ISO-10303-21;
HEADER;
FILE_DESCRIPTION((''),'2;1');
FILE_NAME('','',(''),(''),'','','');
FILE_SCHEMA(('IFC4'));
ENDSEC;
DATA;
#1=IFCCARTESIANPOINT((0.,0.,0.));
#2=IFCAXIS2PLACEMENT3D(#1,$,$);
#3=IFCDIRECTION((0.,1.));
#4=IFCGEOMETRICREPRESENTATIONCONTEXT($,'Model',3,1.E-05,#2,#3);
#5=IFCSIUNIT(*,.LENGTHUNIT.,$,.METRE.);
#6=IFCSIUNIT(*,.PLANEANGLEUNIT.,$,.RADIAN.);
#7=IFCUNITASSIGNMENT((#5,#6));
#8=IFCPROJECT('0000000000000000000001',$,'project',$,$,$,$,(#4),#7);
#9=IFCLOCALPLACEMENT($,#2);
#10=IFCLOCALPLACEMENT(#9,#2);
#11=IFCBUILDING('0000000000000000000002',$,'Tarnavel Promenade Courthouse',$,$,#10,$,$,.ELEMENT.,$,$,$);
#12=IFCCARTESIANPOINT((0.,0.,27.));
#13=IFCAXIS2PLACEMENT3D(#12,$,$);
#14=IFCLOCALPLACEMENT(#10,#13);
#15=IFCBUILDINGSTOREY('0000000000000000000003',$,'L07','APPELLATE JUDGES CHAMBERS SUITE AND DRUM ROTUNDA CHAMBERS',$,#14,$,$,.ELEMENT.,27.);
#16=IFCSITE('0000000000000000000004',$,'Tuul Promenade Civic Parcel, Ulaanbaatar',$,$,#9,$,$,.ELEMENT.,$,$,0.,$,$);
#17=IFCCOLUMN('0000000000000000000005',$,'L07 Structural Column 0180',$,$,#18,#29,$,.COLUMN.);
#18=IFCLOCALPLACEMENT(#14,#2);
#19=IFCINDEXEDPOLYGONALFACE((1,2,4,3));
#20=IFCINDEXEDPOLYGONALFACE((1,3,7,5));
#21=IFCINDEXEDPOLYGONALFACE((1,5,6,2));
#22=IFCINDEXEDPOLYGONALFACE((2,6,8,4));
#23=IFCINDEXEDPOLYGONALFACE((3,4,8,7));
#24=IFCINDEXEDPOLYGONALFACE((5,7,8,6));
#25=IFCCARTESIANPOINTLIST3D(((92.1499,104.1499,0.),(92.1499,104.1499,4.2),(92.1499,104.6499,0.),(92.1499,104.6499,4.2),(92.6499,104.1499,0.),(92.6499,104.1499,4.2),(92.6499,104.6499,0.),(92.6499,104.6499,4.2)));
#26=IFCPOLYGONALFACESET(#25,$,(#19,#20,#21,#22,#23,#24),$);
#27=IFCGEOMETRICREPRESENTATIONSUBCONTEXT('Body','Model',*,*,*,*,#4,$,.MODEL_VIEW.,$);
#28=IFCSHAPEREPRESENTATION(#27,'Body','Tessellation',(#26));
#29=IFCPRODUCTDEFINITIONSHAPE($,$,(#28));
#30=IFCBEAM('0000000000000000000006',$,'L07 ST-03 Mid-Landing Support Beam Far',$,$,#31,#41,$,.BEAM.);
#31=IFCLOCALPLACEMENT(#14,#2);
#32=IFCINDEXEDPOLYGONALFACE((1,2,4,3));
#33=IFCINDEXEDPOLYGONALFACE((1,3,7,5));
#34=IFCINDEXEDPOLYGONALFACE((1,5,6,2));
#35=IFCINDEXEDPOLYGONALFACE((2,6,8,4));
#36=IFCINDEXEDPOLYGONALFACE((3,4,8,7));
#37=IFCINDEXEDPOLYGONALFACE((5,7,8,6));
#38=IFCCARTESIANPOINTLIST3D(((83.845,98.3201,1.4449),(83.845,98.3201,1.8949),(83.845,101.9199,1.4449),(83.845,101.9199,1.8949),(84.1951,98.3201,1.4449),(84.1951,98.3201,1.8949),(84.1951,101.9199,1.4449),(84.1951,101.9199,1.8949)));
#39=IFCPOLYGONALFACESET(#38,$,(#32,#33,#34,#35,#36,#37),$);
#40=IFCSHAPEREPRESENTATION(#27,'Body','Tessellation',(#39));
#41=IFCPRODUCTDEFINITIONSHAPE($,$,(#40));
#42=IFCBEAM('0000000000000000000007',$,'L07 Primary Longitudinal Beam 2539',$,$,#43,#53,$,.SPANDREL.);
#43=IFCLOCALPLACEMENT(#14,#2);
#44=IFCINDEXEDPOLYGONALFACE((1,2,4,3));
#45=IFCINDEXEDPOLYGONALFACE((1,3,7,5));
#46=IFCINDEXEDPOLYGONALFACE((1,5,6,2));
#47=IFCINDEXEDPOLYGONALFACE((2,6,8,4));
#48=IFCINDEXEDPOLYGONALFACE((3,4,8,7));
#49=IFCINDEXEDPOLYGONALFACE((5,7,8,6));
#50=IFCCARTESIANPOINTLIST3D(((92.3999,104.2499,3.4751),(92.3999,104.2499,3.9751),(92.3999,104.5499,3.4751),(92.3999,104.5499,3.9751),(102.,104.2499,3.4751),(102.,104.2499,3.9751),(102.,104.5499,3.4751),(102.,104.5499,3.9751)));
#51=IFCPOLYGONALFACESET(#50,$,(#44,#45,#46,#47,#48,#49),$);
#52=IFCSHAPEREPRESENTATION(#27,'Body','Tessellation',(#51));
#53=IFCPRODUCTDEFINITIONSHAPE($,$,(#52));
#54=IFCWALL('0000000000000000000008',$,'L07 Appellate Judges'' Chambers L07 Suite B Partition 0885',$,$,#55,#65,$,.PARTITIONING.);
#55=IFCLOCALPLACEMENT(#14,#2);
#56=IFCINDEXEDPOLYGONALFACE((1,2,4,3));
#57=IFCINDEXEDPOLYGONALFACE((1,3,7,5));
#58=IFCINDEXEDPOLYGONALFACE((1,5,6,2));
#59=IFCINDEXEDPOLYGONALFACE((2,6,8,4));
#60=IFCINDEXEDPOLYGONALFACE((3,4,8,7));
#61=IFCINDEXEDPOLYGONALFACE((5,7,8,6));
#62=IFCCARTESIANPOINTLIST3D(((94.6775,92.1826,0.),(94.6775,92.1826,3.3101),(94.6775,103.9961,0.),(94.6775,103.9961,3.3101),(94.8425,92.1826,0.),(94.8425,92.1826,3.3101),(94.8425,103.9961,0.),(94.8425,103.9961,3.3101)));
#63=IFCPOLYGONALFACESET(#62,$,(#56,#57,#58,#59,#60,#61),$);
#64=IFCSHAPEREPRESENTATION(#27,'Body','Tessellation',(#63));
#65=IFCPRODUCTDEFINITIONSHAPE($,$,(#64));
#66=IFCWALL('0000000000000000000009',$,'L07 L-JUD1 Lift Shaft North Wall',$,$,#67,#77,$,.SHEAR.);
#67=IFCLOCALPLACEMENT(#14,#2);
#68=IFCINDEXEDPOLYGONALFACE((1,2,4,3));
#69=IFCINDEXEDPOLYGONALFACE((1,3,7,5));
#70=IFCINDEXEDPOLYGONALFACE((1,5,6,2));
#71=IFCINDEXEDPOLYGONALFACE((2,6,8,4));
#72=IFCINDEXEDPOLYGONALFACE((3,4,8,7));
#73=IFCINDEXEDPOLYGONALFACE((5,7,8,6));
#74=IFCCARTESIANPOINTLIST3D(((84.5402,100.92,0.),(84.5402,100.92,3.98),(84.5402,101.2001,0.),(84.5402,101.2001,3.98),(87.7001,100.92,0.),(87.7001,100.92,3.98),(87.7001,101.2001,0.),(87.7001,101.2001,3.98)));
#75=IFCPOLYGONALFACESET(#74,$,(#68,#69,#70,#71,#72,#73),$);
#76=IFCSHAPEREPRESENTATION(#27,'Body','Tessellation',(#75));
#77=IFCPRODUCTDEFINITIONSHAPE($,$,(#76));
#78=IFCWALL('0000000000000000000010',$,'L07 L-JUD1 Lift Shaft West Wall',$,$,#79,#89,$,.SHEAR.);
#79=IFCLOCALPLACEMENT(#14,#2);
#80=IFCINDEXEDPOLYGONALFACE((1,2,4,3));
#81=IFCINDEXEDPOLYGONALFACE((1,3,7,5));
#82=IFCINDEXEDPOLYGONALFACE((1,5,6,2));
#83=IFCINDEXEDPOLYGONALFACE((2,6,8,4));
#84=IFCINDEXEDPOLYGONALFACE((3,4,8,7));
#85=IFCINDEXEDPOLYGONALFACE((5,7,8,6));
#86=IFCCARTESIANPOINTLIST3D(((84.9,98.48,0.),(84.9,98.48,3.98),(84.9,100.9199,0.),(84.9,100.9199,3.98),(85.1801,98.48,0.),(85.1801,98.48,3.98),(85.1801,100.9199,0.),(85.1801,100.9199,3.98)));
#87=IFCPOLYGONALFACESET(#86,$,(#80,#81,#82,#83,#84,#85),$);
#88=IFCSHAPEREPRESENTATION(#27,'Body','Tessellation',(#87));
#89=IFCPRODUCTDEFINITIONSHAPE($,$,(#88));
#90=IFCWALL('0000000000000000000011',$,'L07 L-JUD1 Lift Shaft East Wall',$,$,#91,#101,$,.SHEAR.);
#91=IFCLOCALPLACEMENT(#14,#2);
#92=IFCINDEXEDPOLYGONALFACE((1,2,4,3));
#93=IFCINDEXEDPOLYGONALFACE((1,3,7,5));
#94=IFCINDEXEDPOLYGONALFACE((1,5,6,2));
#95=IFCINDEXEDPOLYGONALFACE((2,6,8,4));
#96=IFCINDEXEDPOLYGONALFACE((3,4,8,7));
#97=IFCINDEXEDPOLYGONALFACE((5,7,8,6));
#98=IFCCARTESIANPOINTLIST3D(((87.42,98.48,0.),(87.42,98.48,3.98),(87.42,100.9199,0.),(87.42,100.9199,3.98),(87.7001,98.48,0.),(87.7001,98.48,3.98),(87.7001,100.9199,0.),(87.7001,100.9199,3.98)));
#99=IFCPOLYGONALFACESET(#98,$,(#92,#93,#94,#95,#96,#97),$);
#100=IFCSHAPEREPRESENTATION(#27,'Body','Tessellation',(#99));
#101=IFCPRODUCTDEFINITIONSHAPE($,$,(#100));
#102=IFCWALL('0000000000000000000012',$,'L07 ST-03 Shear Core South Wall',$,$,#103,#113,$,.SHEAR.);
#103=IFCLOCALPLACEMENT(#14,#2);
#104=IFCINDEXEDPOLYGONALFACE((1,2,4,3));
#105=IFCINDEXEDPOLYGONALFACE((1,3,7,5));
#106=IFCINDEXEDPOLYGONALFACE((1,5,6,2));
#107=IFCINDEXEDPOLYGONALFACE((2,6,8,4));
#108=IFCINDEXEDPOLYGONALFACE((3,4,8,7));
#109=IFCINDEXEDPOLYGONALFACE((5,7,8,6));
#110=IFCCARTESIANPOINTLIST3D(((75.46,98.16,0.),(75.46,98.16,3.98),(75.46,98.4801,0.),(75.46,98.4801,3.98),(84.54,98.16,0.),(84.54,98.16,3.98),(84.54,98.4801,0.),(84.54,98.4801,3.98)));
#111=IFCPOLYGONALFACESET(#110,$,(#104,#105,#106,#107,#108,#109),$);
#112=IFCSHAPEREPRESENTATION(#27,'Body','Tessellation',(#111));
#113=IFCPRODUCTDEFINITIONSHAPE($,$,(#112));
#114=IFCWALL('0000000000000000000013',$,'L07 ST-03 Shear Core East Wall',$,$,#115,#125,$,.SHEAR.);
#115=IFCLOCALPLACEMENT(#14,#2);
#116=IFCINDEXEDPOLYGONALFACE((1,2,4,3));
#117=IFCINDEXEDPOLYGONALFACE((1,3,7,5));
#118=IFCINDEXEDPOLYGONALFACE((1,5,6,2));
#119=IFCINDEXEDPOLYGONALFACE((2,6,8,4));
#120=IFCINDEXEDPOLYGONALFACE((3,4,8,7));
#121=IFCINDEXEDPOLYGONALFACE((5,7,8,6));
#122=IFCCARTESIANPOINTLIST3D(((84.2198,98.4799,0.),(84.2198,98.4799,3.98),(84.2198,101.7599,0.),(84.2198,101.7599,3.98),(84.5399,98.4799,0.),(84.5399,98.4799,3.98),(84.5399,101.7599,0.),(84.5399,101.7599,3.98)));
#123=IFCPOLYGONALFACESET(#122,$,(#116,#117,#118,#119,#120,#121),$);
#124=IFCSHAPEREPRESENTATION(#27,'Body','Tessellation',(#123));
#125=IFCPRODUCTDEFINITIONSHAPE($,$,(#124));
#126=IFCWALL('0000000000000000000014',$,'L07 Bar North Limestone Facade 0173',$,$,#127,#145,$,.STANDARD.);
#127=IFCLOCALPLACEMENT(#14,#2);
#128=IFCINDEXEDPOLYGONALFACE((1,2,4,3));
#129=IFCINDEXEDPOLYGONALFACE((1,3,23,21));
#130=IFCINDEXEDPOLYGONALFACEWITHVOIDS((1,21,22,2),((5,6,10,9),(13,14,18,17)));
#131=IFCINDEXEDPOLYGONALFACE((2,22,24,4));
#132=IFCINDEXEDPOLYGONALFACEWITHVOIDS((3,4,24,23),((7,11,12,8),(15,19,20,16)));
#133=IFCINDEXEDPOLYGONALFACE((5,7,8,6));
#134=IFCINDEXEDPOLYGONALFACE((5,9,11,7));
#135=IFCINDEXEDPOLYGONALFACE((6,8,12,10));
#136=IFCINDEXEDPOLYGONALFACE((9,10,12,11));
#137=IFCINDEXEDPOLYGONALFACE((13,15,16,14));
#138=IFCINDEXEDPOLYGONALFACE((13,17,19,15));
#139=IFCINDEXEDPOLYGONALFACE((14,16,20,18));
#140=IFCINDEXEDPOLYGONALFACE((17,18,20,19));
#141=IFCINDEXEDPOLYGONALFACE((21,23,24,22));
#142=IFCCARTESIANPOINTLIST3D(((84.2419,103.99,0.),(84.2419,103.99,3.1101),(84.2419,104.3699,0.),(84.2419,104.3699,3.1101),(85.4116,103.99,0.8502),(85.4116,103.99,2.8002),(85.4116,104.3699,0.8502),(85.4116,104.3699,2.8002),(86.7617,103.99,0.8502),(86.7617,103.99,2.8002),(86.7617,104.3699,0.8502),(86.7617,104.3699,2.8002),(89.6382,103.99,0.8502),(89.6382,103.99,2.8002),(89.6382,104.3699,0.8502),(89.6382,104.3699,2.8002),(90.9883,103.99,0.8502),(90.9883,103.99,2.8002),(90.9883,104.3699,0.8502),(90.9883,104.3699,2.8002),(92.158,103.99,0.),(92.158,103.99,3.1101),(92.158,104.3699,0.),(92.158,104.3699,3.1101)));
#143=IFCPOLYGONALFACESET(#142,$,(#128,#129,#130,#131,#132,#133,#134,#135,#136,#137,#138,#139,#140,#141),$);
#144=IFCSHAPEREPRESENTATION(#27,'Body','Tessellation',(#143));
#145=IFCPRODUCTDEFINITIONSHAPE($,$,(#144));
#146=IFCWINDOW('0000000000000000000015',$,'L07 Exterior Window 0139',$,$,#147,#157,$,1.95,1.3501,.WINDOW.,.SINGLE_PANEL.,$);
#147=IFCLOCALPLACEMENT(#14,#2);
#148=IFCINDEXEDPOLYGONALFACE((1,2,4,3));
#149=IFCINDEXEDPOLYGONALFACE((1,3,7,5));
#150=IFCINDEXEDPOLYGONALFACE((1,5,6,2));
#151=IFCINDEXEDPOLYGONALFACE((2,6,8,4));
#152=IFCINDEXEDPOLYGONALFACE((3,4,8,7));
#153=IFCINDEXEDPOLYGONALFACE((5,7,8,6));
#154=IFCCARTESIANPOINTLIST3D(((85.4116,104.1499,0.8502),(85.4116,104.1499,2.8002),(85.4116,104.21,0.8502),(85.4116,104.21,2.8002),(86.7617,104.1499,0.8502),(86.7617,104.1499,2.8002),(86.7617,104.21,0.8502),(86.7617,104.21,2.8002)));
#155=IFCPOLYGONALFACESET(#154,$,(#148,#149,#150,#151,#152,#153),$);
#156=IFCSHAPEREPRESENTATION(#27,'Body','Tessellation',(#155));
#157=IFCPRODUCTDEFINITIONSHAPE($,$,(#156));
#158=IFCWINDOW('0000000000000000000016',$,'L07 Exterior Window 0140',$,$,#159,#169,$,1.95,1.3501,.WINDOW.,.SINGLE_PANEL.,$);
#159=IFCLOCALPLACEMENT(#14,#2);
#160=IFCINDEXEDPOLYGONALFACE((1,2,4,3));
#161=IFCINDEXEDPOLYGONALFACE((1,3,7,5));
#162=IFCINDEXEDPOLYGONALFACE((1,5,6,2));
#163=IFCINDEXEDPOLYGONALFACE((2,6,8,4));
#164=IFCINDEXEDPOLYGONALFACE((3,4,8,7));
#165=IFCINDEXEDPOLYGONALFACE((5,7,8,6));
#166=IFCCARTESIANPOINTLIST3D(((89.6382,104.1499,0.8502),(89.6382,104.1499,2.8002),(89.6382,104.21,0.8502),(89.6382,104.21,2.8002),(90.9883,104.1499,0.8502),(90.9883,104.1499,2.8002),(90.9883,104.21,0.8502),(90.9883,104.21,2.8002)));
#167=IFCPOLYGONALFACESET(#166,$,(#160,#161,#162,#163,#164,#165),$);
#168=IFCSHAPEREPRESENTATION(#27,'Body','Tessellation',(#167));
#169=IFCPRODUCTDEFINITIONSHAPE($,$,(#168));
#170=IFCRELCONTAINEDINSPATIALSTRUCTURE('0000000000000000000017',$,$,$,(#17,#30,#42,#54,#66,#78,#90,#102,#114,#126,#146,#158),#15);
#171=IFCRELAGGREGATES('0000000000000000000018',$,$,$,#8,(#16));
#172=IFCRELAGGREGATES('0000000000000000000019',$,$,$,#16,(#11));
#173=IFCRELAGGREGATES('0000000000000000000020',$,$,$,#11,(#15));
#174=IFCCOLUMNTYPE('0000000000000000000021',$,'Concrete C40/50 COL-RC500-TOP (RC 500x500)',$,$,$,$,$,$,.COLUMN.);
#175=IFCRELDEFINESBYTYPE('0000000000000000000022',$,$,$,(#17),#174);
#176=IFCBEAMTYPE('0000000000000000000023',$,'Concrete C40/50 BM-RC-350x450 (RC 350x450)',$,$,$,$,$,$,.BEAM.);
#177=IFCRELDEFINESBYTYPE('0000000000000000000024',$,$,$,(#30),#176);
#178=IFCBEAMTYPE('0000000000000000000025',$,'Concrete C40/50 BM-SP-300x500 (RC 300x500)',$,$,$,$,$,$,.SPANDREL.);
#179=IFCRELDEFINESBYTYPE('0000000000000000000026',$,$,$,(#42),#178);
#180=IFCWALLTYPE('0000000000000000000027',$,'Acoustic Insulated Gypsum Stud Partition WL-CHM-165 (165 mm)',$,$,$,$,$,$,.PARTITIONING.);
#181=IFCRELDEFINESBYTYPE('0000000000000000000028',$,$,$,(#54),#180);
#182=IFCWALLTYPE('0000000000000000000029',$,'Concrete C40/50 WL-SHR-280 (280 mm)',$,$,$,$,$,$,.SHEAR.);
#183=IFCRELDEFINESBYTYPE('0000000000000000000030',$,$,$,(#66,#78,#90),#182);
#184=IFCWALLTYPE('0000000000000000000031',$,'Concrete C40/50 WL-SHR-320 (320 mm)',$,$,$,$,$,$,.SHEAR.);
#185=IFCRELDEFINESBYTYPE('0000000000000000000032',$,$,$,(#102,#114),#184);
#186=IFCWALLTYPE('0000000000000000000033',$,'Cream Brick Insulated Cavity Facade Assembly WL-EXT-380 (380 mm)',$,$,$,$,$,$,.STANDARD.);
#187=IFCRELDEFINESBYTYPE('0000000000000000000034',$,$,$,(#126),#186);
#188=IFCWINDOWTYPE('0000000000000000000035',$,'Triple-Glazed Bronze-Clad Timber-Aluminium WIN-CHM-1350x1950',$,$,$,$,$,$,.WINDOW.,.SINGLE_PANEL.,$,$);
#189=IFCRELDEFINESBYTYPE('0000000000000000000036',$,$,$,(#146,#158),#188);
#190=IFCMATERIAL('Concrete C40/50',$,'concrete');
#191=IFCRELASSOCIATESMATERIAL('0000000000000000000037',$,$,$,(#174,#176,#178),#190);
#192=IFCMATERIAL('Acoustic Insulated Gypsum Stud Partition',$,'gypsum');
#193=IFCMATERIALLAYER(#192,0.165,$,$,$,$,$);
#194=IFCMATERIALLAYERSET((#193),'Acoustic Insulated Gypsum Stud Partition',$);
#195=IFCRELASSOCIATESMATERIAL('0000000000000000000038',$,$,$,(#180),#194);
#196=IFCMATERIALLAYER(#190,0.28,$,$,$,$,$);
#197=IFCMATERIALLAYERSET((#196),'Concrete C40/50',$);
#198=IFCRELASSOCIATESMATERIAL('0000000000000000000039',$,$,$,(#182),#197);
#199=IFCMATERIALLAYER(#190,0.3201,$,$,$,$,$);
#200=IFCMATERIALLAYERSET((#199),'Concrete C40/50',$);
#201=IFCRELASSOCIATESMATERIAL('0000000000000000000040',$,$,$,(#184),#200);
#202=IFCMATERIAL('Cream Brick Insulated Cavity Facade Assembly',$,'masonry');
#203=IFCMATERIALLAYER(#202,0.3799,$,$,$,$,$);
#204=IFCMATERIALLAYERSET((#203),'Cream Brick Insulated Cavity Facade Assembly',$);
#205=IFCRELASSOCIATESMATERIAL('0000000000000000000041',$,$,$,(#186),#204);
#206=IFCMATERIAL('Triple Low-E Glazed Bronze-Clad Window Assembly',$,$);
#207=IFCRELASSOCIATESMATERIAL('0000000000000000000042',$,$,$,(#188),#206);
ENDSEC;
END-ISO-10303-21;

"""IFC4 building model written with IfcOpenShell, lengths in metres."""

from ifc_helpers import new_model, si_unit, direction, frame, frame_2d, origin, origin_2d, place, context, subcontext, project, spatial, rectangle, extrude, material, layer, layer_set, material_profile, profile_set, type_object, element, fill, save


model = new_model("IFC4")

# Units and contexts
model_context = context("Model", 3, precision=1e-05, world=origin(), true_north=direction((0.0, 1.0)))
body_context = subcontext(model_context, "Body", "Model", "MODEL_VIEW")
ifc_project = project(units=[si_unit("LENGTHUNIT", "METRE"), si_unit("PLANEANGLEUNIT", "RADIAN")], contexts=[model_context])

# Site, building, storey
site_placement = place(None, origin())
site = spatial("IfcSite", under=ifc_project, at=site_placement, Name="Tuul Promenade Civic Parcel, Ulaanbaatar", CompositionType="ELEMENT", RefElevation=0.0)
building_placement = place(site_placement, origin())
building = spatial("IfcBuilding", under=site, at=building_placement, Name="Tarnavel Promenade Courthouse", CompositionType="ELEMENT")
storey_placement = place(building_placement, frame((0.0, 0.0, 27.0)))
storey = spatial("IfcBuildingStorey", under=building, at=storey_placement, Name="L07", Description="APPELLATE JUDGES CHAMBERS SUITE AND DRUM ROTUNDA CHAMBERS", CompositionType="ELEMENT", Elevation=27.0)

# Column
ifc_material_1 = material(Name="Concrete C40/50", Category="concrete")
ifc_material_profile_1 = material_profile(ifc_material_1, rectangle(XDim=0.5, YDim=0.5, at=origin_2d()), Name="RC 500x500")
ifc_profile_set_1 = profile_set([ifc_material_profile_1], Name="Concrete C40/50")
column_type = type_object("IfcColumnType", Name="Concrete C40/50 COL-RC500-TOP (RC 500x500)", PredefinedType="COLUMN", material=ifc_profile_set_1)
column_placement = place(storey_placement, frame((92.3999, 104.3999, 0.0), z_axis=(0.0, 0.0, 1.0), x_axis=(1.0, 0.0, 0.0)))
element("IfcColumn", 1, at=column_placement, inside=storey, type_object=column_type, Name="L07 Structural Column 0180", PredefinedType="COLUMN", context=body_context, shape_type="SweptSolid", body=[
    extrude(rectangle(XDim=0.5, YDim=0.5, at=origin_2d()), origin(), (0.0, 0.0, 1.0), 4.2),
])

# Beams
ifc_material_profile_2 = material_profile(ifc_material_1, rectangle(XDim=0.3501, YDim=0.45, at=origin_2d()), Name="RC 350x450")
ifc_profile_set_2 = profile_set([ifc_material_profile_2], Name="Concrete C40/50")
beam_type_1 = type_object("IfcBeamType", Name="Concrete C40/50 BM-RC-350x450 (RC 350x450)", PredefinedType="BEAM", material=ifc_profile_set_2)
beam_1_placement = place(storey_placement, frame((84.02, 98.3201, 1.6699), z_axis=(0.0, 1.0, 0.0), x_axis=(-1.0, 0.0, 0.0)))
element("IfcBeam", 2, at=beam_1_placement, inside=storey, type_object=beam_type_1, Name="L07 ST-03 Mid-Landing Support Beam Far", PredefinedType="BEAM", context=body_context, shape_type="SweptSolid", body=[
    extrude(rectangle(XDim=0.3501, YDim=0.45, at=origin_2d()), origin(), (0.0, 0.0, 1.0), 3.5999),
])
ifc_material_profile_3 = material_profile(ifc_material_1, rectangle(XDim=0.3, YDim=0.5, at=origin_2d()), Name="RC 300x500")
ifc_profile_set_3 = profile_set([ifc_material_profile_3], Name="Concrete C40/50")
beam_type_2 = type_object("IfcBeamType", Name="Concrete C40/50 BM-SP-300x500 (RC 300x500)", PredefinedType="SPANDREL", material=ifc_profile_set_3)
beam_2_placement = place(storey_placement, frame((92.3999, 104.3999, 3.7251), z_axis=(1.0, 0.0, 0.0), x_axis=(0.0, 1.0, 0.0)))
element("IfcBeam", 3, at=beam_2_placement, inside=storey, type_object=beam_type_2, Name="L07 Primary Longitudinal Beam 2539", PredefinedType="SPANDREL", context=body_context, shape_type="SweptSolid", body=[
    extrude(rectangle(XDim=0.3, YDim=0.5, at=origin_2d()), origin(), (0.0, 0.0, 1.0), 9.6001),
])

# Walls
ifc_material_2 = material(Name="Acoustic Insulated Gypsum Stud Partition", Category="gypsum")
ifc_layer_1 = layer(ifc_material_2, 0.165)
ifc_layer_set_1 = layer_set([ifc_layer_1], Name="Acoustic Insulated Gypsum Stud Partition")
wall_type_1 = type_object("IfcWallType", Name="Acoustic Insulated Gypsum Stud Partition WL-CHM-165 (165 mm)", PredefinedType="PARTITIONING", material=ifc_layer_set_1)
wall_1_placement = place(storey_placement, frame((94.76, 103.9961, 0.0), z_axis=(0.0, 0.0, 1.0), x_axis=(0.0, -1.0, 0.0)))
element("IfcWall", 4, at=wall_1_placement, inside=storey, type_object=wall_type_1, Name="L07 Appellate Judges' Chambers L07 Suite B Partition 0885", PredefinedType="PARTITIONING", context=body_context, shape_type="SweptSolid", body=[
    extrude(rectangle(XDim=11.8135, YDim=0.165, at=frame_2d((5.9067, 0.0))), origin(), (0.0, 0.0, 1.0), 3.3101),
])
ifc_layer_2 = layer(ifc_material_1, 0.28)
ifc_layer_set_2 = layer_set([ifc_layer_2], Name="Concrete C40/50")
wall_type_2 = type_object("IfcWallType", Name="Concrete C40/50 WL-SHR-280 (280 mm)", PredefinedType="SHEAR", material=ifc_layer_set_2)
wall_2_placement = place(storey_placement, frame((84.54, 101.0601, 0.0), z_axis=(0.0, 0.0, 1.0), x_axis=(1.0, 0.0, 0.0)))
element("IfcWall", 5, at=wall_2_placement, inside=storey, type_object=wall_type_2, Name="L07 L-JUD1 Lift Shaft North Wall", PredefinedType="SHEAR", context=body_context, shape_type="SweptSolid", body=[
    extrude(rectangle(XDim=3.1599, YDim=0.28, at=frame_2d((1.5801, 0.0))), origin(), (0.0, 0.0, 1.0), 3.98),
])

# Walls
for number, where, z_axis, x_axis, name in (
    (6, (85.04, 98.48, 0.0), (0.0, 0.0, 1.0), (0.0, 1.0, 0.0), "L07 L-JUD1 Lift Shaft West Wall"),
    (7, (87.5601, 100.9199, 0.0), (0.0, 0.0, 1.0), (0.0, -1.0, 0.0), "L07 L-JUD1 Lift Shaft East Wall"),
):
    element("IfcWall", number, at=place(storey_placement, frame(where, z_axis=z_axis, x_axis=x_axis)), inside=storey, type_object=wall_type_2, Name=name, PredefinedType="SHEAR", context=body_context, shape_type="SweptSolid", body=[
        extrude(rectangle(XDim=2.4399, YDim=0.28, at=frame_2d((1.22, 0.0))), origin(), (0.0, 0.0, 1.0), 3.98),
    ])
ifc_layer_3 = layer(ifc_material_1, 0.3201)
ifc_layer_set_3 = layer_set([ifc_layer_3], Name="Concrete C40/50")
wall_type_3 = type_object("IfcWallType", Name="Concrete C40/50 WL-SHR-320 (320 mm)", PredefinedType="SHEAR", material=ifc_layer_set_3)
wall_3_placement = place(storey_placement, frame((84.54, 98.3201, 0.0), z_axis=(0.0, 0.0, 1.0), x_axis=(-1.0, 0.0, 0.0)))
element("IfcWall", 8, at=wall_3_placement, inside=storey, type_object=wall_type_3, Name="L07 ST-03 Shear Core South Wall", PredefinedType="SHEAR", context=body_context, shape_type="SweptSolid", body=[
    extrude(rectangle(XDim=9.0801, YDim=0.3201, at=frame_2d((4.54, 0.0))), origin(), (0.0, 0.0, 1.0), 3.98),
])
wall_4_placement = place(storey_placement, frame((84.3799, 101.76, 0.0), z_axis=(0.0, 0.0, 1.0), x_axis=(0.0, -1.0, 0.0)))
element("IfcWall", 9, at=wall_4_placement, inside=storey, type_object=wall_type_3, Name="L07 ST-03 Shear Core East Wall", PredefinedType="SHEAR", context=body_context, shape_type="SweptSolid", body=[
    extrude(rectangle(XDim=3.28, YDim=0.3201, at=frame_2d((1.6401, 0.0))), origin(), (0.0, 0.0, 1.0), 3.98),
])

# Wall, openings, windows
ifc_material_3 = material(Name="Cream Brick Insulated Cavity Facade Assembly", Category="masonry")
ifc_layer_4 = layer(ifc_material_3, 0.3799)
ifc_layer_set_4 = layer_set([ifc_layer_4], Name="Cream Brick Insulated Cavity Facade Assembly")
wall_type_4 = type_object("IfcWallType", Name="Cream Brick Insulated Cavity Facade Assembly WL-EXT-380 (380 mm)", PredefinedType="STANDARD", material=ifc_layer_set_4)
wall_5_placement = place(storey_placement, frame((84.2419, 104.1799, 0.0), z_axis=(0.0, 0.0, 1.0), x_axis=(1.0, 0.0, 0.0)))
wall_5 = element("IfcWall", 10, at=wall_5_placement, inside=storey, type_object=wall_type_4, Name="L07 Bar North Limestone Facade 0173", PredefinedType="STANDARD", context=body_context, shape_type="SweptSolid", body=[
    extrude(rectangle(XDim=7.916, YDim=0.3799, at=frame_2d((3.958, 0.0))), origin(), (0.0, 0.0, 1.0), 3.1101),
])
opening_1_placement = place(wall_5_placement, frame((1.1697, 0.0, 0.8501)))
opening_1 = element("IfcOpeningElement", 11, at=opening_1_placement, cuts=wall_5, PredefinedType="OPENING", context=body_context, shape_type="SweptSolid", body=[
    extrude(rectangle(XDim=1.3501, YDim=1.95, at=frame_2d((0.675, 0.9751))), frame((0.0, 0.2, 0.0), z_axis=(0.0, -1.0, 0.0), x_axis=(1.0, 0.0, 0.0)), (0.0, 0.0, 1.0), 0.3999),
])
opening_2_placement = place(wall_5_placement, frame((5.3962, 0.0, 0.8501)))
opening_2 = element("IfcOpeningElement", 12, at=opening_2_placement, cuts=wall_5, PredefinedType="OPENING", context=body_context, shape_type="SweptSolid", body=[
    extrude(rectangle(XDim=1.3501, YDim=1.95, at=frame_2d((0.675, 0.9751))), frame((0.0, 0.2, 0.0), z_axis=(0.0, -1.0, 0.0), x_axis=(1.0, 0.0, 0.0)), (0.0, 0.0, 1.0), 0.3999),
])
ifc_material_4 = material(Name="Triple Low-E Glazed Bronze-Clad Window Assembly")
window_type = type_object("IfcWindowType", Name="Triple-Glazed Bronze-Clad Timber-Aluminium WIN-CHM-1350x1950", PartitioningType="SINGLE_PANEL", PredefinedType="WINDOW", material=ifc_material_4)
window_1_placement = place(opening_1_placement, origin())
window_1 = element("IfcWindow", 13, at=window_1_placement, inside=storey, type_object=window_type, Name="L07 Exterior Window 0139", OverallHeight=1.95, OverallWidth=1.3501, PartitioningType="SINGLE_PANEL", PredefinedType="WINDOW", context=body_context, shape_type="SweptSolid", body=[
    extrude(rectangle(XDim=1.3501, YDim=1.95, at=frame_2d((0.675, 0.9751))), frame((0.0, 0.03, 0.0), z_axis=(0.0, -1.0, 0.0), x_axis=(1.0, 0.0, 0.0)), (0.0, 0.0, 1.0), 0.0601),
])
fill(opening_1, window_1)
window_2_placement = place(opening_2_placement, origin())
window_2 = element("IfcWindow", 14, at=window_2_placement, inside=storey, type_object=window_type, Name="L07 Exterior Window 0140", OverallHeight=1.95, OverallWidth=1.3501, PartitioningType="SINGLE_PANEL", PredefinedType="WINDOW", context=body_context, shape_type="SweptSolid", body=[
    extrude(rectangle(XDim=1.3501, YDim=1.95, at=frame_2d((0.675, 0.9751))), frame((0.0, 0.03, 0.0), z_axis=(0.0, -1.0, 0.0), x_axis=(1.0, 0.0, 0.0)), (0.0, 0.0, 1.0), 0.0601),
])
fill(opening_2, window_2)

save(model, "model.ifc")
